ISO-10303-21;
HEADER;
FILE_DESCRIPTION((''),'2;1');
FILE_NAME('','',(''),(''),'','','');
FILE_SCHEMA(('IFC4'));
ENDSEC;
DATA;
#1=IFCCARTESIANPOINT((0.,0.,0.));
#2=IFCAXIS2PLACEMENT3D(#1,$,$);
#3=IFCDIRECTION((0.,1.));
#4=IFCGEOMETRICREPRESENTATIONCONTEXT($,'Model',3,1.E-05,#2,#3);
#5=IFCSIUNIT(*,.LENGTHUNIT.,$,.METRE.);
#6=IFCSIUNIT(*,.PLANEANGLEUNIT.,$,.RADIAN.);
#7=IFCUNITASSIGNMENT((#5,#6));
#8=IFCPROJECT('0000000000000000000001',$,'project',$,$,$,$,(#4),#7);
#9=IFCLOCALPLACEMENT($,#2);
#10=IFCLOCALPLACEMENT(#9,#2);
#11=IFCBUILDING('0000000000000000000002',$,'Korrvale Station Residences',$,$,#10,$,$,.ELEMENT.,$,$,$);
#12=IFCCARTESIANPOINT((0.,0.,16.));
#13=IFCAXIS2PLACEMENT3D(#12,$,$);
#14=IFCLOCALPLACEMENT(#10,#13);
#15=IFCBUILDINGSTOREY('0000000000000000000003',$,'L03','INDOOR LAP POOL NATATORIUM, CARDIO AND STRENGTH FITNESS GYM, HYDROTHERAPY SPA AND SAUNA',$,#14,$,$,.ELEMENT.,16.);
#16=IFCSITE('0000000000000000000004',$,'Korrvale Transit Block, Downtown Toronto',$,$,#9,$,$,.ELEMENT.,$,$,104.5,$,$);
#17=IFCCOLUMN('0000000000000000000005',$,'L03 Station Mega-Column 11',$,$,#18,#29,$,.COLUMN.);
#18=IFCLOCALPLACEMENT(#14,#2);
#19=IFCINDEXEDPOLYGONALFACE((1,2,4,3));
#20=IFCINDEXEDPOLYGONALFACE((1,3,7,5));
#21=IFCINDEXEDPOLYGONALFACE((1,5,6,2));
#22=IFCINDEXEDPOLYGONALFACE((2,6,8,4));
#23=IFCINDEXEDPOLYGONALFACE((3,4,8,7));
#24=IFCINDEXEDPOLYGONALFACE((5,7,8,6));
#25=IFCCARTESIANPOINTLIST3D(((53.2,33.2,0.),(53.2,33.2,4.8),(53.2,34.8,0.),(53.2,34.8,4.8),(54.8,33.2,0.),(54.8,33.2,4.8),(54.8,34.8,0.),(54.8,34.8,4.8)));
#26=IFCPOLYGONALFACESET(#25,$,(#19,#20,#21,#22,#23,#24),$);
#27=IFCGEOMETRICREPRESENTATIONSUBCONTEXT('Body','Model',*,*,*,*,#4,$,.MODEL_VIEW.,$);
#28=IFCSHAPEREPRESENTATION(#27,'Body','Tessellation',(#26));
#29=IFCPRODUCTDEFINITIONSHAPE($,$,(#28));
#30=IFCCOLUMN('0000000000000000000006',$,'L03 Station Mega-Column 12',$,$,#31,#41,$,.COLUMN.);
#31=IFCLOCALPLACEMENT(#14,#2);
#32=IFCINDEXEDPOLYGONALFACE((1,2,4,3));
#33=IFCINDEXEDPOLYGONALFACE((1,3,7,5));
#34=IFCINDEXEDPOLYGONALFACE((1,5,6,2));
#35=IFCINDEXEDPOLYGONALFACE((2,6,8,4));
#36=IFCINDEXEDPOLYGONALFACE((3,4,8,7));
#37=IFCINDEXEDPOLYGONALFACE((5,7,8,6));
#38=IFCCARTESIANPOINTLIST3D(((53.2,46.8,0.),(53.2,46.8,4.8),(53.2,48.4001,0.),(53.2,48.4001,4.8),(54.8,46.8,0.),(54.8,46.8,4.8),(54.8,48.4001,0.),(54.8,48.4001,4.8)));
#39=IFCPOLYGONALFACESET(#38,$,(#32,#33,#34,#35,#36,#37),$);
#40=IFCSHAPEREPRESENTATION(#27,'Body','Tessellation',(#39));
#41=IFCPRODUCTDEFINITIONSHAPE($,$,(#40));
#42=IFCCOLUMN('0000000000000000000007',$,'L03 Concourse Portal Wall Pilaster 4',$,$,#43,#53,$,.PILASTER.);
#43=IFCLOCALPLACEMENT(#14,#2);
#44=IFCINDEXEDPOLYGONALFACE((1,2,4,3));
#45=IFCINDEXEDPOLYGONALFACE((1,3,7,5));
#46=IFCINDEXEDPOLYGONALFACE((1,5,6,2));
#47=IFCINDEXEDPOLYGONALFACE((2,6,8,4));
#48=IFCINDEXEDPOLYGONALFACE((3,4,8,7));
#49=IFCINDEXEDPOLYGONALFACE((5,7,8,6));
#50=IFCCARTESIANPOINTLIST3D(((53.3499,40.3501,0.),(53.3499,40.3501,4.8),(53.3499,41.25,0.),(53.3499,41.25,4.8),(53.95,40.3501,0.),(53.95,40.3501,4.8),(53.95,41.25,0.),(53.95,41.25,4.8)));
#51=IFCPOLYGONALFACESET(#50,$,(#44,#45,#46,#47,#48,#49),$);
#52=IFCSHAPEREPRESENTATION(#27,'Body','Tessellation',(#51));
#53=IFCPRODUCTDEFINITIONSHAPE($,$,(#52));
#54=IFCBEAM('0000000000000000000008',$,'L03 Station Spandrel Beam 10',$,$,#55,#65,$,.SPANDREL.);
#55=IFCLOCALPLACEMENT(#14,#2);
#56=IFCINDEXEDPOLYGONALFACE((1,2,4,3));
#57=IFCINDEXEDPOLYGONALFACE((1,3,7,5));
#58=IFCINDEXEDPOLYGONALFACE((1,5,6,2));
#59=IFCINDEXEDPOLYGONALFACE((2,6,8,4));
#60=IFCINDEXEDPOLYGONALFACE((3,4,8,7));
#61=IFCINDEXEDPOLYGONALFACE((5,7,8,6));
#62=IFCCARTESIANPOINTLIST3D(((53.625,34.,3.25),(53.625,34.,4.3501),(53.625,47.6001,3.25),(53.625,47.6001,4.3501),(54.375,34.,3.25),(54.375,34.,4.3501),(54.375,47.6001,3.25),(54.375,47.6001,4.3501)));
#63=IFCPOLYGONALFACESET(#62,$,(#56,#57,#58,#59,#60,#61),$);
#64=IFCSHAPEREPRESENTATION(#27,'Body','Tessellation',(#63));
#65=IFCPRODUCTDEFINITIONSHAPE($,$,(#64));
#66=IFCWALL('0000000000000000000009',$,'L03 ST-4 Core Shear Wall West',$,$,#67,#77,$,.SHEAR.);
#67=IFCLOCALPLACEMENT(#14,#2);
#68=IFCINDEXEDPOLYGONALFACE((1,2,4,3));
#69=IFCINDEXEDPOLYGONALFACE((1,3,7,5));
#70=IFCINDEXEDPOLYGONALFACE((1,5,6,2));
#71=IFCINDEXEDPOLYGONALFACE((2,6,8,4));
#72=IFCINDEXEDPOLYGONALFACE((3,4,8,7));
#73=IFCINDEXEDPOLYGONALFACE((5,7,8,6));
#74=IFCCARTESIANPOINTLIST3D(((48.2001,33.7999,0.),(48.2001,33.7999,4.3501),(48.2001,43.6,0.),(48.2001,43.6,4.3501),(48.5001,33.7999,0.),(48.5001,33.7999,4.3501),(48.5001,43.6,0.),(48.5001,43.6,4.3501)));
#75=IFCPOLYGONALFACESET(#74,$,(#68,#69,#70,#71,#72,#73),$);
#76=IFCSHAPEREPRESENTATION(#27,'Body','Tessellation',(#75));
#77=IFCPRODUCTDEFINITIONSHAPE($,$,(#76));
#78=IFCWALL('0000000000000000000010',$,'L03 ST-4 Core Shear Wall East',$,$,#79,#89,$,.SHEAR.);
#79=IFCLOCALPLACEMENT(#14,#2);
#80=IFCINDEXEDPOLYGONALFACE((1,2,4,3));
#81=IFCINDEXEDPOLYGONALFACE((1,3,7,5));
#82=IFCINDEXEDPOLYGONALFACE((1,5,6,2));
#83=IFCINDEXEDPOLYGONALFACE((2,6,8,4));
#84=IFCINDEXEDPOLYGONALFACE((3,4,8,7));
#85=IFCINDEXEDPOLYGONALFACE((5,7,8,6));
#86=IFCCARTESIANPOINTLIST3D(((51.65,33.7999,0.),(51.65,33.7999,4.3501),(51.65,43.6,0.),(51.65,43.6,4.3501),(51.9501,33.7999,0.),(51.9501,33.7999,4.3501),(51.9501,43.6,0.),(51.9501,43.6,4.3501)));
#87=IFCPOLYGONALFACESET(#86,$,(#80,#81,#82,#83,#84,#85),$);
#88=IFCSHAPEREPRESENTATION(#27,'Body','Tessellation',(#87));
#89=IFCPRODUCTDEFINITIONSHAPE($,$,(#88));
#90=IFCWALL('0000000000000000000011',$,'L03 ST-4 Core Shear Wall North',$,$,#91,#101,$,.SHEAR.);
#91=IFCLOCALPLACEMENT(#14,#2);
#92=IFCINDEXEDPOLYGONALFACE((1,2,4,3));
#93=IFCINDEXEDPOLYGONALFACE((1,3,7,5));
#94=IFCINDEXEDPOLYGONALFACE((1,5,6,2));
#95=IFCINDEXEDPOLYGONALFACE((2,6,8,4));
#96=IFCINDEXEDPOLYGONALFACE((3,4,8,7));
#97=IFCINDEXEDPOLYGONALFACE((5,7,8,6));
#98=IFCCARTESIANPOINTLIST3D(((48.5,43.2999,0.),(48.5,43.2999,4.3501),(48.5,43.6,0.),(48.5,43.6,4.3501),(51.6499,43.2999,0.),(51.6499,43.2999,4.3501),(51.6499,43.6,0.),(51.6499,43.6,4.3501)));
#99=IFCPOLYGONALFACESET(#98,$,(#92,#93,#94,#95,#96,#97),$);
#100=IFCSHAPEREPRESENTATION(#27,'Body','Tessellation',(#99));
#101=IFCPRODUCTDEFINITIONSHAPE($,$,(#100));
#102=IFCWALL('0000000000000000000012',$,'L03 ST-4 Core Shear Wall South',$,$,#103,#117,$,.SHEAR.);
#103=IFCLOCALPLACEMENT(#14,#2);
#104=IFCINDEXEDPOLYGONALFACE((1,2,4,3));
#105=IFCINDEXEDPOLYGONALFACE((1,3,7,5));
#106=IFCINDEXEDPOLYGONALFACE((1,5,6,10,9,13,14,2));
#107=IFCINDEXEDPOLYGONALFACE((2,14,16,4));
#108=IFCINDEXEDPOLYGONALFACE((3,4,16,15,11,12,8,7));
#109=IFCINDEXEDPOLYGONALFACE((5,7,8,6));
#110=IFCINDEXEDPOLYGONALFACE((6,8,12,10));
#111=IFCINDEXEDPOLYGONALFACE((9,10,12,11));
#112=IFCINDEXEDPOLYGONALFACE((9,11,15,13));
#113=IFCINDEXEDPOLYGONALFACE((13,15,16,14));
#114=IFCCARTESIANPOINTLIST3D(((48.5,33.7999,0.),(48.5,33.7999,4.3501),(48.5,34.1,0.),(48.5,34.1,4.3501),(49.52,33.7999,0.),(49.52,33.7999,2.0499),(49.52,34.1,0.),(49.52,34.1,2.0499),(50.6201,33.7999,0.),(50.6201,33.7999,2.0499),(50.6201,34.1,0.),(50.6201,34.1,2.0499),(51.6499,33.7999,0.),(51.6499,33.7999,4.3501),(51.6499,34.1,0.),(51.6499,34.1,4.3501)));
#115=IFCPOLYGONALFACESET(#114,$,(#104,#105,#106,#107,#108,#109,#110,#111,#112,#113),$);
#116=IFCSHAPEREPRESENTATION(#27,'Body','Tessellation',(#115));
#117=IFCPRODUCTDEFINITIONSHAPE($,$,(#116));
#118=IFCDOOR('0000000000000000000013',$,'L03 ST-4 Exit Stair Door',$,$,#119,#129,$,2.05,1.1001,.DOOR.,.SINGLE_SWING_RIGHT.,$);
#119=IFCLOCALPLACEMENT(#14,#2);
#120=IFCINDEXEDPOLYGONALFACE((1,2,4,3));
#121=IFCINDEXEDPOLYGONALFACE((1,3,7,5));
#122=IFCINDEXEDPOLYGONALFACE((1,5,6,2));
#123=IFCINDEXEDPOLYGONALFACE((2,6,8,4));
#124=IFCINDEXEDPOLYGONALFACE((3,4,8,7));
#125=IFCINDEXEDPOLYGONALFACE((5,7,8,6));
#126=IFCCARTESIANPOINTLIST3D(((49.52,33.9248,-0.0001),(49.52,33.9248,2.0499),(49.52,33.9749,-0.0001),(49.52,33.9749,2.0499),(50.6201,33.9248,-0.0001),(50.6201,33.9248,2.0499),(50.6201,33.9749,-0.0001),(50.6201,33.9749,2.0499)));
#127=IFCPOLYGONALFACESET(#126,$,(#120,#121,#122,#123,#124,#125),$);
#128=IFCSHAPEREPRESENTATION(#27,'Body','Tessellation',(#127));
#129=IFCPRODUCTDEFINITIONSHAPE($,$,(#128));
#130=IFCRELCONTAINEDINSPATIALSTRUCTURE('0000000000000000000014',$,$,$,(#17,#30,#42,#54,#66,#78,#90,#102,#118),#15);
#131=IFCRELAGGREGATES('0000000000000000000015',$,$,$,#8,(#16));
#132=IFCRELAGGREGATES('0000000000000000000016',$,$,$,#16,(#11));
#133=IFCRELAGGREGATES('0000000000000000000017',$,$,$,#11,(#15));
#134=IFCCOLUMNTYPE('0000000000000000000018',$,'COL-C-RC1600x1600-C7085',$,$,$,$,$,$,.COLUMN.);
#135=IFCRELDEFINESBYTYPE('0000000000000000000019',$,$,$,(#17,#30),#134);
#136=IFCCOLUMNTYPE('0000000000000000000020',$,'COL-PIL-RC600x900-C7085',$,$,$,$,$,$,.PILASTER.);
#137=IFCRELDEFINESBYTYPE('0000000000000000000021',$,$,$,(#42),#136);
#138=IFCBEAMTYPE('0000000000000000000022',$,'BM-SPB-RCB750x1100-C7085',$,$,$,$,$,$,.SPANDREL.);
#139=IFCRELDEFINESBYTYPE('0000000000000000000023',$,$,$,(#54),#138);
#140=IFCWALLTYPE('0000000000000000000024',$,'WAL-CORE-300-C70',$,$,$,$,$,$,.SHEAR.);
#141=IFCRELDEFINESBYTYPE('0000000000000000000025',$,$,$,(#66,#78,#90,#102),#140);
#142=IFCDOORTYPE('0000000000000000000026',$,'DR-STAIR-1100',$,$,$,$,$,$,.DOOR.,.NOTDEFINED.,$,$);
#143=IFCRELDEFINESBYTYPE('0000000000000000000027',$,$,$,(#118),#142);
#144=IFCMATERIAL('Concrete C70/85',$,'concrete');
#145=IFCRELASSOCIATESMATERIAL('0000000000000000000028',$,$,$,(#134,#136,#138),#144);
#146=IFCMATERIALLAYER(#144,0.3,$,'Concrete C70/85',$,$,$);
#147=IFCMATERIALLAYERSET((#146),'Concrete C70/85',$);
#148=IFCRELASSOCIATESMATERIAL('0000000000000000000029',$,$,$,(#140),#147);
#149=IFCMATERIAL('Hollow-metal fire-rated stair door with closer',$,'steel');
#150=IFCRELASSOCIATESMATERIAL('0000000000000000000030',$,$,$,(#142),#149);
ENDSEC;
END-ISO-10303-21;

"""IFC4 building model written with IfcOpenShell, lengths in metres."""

from ifc_helpers import new_model, si_unit, direction, frame, frame_2d, origin, origin_2d, place, context, subcontext, project, spatial, rectangle, extrude, material, layer, layer_set, material_profile, profile_set, type_object, element, fill, save


model = new_model("IFC4")

# Units and contexts
model_context = context("Model", 3, precision=1e-05, world=origin(), true_north=direction((0.0, 1.0)))
body_context = subcontext(model_context, "Body", "Model", "MODEL_VIEW")
ifc_project = project(units=[si_unit("LENGTHUNIT", "METRE"), si_unit("PLANEANGLEUNIT", "RADIAN")], contexts=[model_context])

# Site, building, storey
site_placement = place(None, origin())
site = spatial("IfcSite", under=ifc_project, at=site_placement, Name="Korrvale Transit Block, Downtown Toronto", CompositionType="ELEMENT", RefElevation=104.5)
building_placement = place(site_placement, origin())
building = spatial("IfcBuilding", under=site, at=building_placement, Name="Korrvale Station Residences", CompositionType="ELEMENT")
storey_placement = place(building_placement, frame((0.0, 0.0, 16.0)))
storey = spatial("IfcBuildingStorey", under=building, at=storey_placement, Name="L03", Description="INDOOR LAP POOL NATATORIUM, CARDIO AND STRENGTH FITNESS GYM, HYDROTHERAPY SPA AND SAUNA", CompositionType="ELEMENT", Elevation=16.0)

# Columns
ifc_material_1 = material(Name="Concrete C70/85", Category="concrete")
ifc_material_profile_1 = material_profile(ifc_material_1, rectangle(XDim=1.6001, YDim=1.6001, at=origin_2d()), Name="RC1600x1600")
ifc_profile_set_1 = profile_set([ifc_material_profile_1], Name="Concrete C70/85")
column_type_1 = type_object("IfcColumnType", Name="COL-C-RC1600x1600-C7085", PredefinedType="COLUMN", material=ifc_profile_set_1)
for number, where, z_axis, x_axis, name in (
    (1, (54.0, 34.0, 0.0), (0.0, 0.0, 1.0), (1.0, 0.0, 0.0), "L03 Station Mega-Column 11"),
    (2, (54.0, 47.6001, 0.0), (0.0, 0.0, 1.0), (1.0, 0.0, 0.0), "L03 Station Mega-Column 12"),
):
    element("IfcColumn", number, at=place(storey_placement, frame(where, z_axis=z_axis, x_axis=x_axis)), inside=storey, type_object=column_type_1, Name=name, PredefinedType="COLUMN", context=body_context, shape_type="SweptSolid", body=[
        extrude(rectangle(XDim=1.6001, YDim=1.6001, at=origin_2d()), origin(), (0.0, 0.0, 1.0), 4.8),
    ])
ifc_material_profile_2 = material_profile(ifc_material_1, rectangle(XDim=0.6001, YDim=0.8999, at=origin_2d()), Name="RC600x900")
ifc_profile_set_2 = profile_set([ifc_material_profile_2], Name="Concrete C70/85")
column_type_2 = type_object("IfcColumnType", Name="COL-PIL-RC600x900-C7085", PredefinedType="PILASTER", material=ifc_profile_set_2)
column_placement = place(storey_placement, frame((53.6499, 40.8, 0.0), z_axis=(0.0, 0.0, 1.0), x_axis=(1.0, 0.0, 0.0)))
element("IfcColumn", 3, at=column_placement, inside=storey, type_object=column_type_2, Name="L03 Concourse Portal Wall Pilaster 4", PredefinedType="PILASTER", context=body_context, shape_type="SweptSolid", body=[
    extrude(rectangle(XDim=0.6001, YDim=0.8999, at=origin_2d()), origin(), (0.0, 0.0, 1.0), 4.8),
])

# Beam
ifc_material_profile_3 = material_profile(ifc_material_1, rectangle(XDim=0.75, YDim=1.1001, at=origin_2d()), Name="RCB750x1100")
ifc_profile_set_3 = profile_set([ifc_material_profile_3], Name="Concrete C70/85")
beam_type = type_object("IfcBeamType", Name="BM-SPB-RCB750x1100-C7085", PredefinedType="SPANDREL", material=ifc_profile_set_3)
beam_placement = place(storey_placement, frame((54.0, 34.0, 3.8), z_axis=(0.0, 1.0, 0.0), x_axis=(-1.0, 0.0, 0.0)))
element("IfcBeam", 4, at=beam_placement, inside=storey, type_object=beam_type, Name="L03 Station Spandrel Beam 10", PredefinedType="SPANDREL", context=body_context, shape_type="SweptSolid", body=[
    extrude(rectangle(XDim=0.75, YDim=1.1001, at=origin_2d()), origin(), (0.0, 0.0, 1.0), 13.6001),
])

# Walls
ifc_layer_1 = layer(ifc_material_1, 0.3, Name="Concrete C70/85")
ifc_layer_set_1 = layer_set([ifc_layer_1], Name="Concrete C70/85")
wall_type_1 = type_object("IfcWallType", Name="WAL-CORE-300-C70", PredefinedType="SHEAR", material=ifc_layer_set_1)
for number, where, z_axis, x_axis, name in (
    (5, (48.3501, 33.8, 0.0), (0.0, 0.0, 1.0), (0.0, 1.0, 0.0), "L03 ST-4 Core Shear Wall West"),
    (6, (51.8, 33.8, 0.0), (0.0, 0.0, 1.0), (0.0, 1.0, 0.0), "L03 ST-4 Core Shear Wall East"),
):
    element("IfcWall", number, at=place(storey_placement, frame(where, z_axis=z_axis, x_axis=x_axis)), inside=storey, type_object=wall_type_1, Name=name, PredefinedType="SHEAR", context=body_context, shape_type="SweptSolid", body=[
        extrude(rectangle(XDim=9.8, YDim=0.3, at=frame_2d((4.8999, 0.0))), origin(), (0.0, 0.0, 1.0), 4.3501),
    ])
wall_1_placement = place(storey_placement, frame((48.5, 43.45, 0.0), z_axis=(0.0, 0.0, 1.0), x_axis=(1.0, 0.0, 0.0)))
element("IfcWall", 7, at=wall_1_placement, inside=storey, type_object=wall_type_1, Name="L03 ST-4 Core Shear Wall North", PredefinedType="SHEAR", context=body_context, shape_type="SweptSolid", body=[
    extrude(rectangle(XDim=3.1499, YDim=0.3, at=frame_2d((1.575, 0.0))), origin(), (0.0, 0.0, 1.0), 4.3501),
])

# Wall, opening, door
wall_2_placement = place(storey_placement, frame((48.5, 33.95, 0.0), z_axis=(0.0, 0.0, 1.0), x_axis=(1.0, 0.0, 0.0)))
wall_2 = element("IfcWall", 8, at=wall_2_placement, inside=storey, type_object=wall_type_1, Name="L03 ST-4 Core Shear Wall South", PredefinedType="SHEAR", context=body_context, shape_type="SweptSolid", body=[
    extrude(rectangle(XDim=3.1499, YDim=0.3, at=frame_2d((1.575, 0.0))), origin(), (0.0, 0.0, 1.0), 4.3501),
])
opening_1_placement = place(wall_2_placement, frame((1.02, 0.0, 0.0)))
opening_1 = element("IfcOpeningElement", 9, at=opening_1_placement, cuts=wall_2, PredefinedType="OPENING", context=body_context, shape_type="SweptSolid", body=[
    extrude(rectangle(XDim=1.1001, YDim=2.05, at=frame_2d((0.55, 1.0249))), frame((0.0, 0.1602, 0.0), z_axis=(0.0, -1.0, 0.0), x_axis=(1.0, 0.0, 0.0)), (0.0, 0.0, 1.0), 0.3201),
])
ifc_material_2 = material(Name="Hollow-metal fire-rated stair door with closer", Category="steel")
door_type = type_object("IfcDoorType", Name="DR-STAIR-1100", OperationType="NOTDEFINED", PredefinedType="DOOR", material=ifc_material_2)
door_placement = place(opening_1_placement, origin())
door = element("IfcDoor", 10, at=door_placement, inside=storey, type_object=door_type, Name="L03 ST-4 Exit Stair Door", OperationType="SINGLE_SWING_RIGHT", OverallHeight=2.05, OverallWidth=1.1001, PredefinedType="DOOR", context=body_context, shape_type="SweptSolid", body=[
    extrude(rectangle(XDim=1.1001, YDim=2.05, at=frame_2d((0.55, 1.0249))), frame((0.0, 0.0249, 0.0), z_axis=(0.0, -1.0, 0.0), x_axis=(1.0, 0.0, 0.0)), (0.0, 0.0, 1.0), 0.05),
])
fill(opening_1, door)

save(model, "model.ifc")
